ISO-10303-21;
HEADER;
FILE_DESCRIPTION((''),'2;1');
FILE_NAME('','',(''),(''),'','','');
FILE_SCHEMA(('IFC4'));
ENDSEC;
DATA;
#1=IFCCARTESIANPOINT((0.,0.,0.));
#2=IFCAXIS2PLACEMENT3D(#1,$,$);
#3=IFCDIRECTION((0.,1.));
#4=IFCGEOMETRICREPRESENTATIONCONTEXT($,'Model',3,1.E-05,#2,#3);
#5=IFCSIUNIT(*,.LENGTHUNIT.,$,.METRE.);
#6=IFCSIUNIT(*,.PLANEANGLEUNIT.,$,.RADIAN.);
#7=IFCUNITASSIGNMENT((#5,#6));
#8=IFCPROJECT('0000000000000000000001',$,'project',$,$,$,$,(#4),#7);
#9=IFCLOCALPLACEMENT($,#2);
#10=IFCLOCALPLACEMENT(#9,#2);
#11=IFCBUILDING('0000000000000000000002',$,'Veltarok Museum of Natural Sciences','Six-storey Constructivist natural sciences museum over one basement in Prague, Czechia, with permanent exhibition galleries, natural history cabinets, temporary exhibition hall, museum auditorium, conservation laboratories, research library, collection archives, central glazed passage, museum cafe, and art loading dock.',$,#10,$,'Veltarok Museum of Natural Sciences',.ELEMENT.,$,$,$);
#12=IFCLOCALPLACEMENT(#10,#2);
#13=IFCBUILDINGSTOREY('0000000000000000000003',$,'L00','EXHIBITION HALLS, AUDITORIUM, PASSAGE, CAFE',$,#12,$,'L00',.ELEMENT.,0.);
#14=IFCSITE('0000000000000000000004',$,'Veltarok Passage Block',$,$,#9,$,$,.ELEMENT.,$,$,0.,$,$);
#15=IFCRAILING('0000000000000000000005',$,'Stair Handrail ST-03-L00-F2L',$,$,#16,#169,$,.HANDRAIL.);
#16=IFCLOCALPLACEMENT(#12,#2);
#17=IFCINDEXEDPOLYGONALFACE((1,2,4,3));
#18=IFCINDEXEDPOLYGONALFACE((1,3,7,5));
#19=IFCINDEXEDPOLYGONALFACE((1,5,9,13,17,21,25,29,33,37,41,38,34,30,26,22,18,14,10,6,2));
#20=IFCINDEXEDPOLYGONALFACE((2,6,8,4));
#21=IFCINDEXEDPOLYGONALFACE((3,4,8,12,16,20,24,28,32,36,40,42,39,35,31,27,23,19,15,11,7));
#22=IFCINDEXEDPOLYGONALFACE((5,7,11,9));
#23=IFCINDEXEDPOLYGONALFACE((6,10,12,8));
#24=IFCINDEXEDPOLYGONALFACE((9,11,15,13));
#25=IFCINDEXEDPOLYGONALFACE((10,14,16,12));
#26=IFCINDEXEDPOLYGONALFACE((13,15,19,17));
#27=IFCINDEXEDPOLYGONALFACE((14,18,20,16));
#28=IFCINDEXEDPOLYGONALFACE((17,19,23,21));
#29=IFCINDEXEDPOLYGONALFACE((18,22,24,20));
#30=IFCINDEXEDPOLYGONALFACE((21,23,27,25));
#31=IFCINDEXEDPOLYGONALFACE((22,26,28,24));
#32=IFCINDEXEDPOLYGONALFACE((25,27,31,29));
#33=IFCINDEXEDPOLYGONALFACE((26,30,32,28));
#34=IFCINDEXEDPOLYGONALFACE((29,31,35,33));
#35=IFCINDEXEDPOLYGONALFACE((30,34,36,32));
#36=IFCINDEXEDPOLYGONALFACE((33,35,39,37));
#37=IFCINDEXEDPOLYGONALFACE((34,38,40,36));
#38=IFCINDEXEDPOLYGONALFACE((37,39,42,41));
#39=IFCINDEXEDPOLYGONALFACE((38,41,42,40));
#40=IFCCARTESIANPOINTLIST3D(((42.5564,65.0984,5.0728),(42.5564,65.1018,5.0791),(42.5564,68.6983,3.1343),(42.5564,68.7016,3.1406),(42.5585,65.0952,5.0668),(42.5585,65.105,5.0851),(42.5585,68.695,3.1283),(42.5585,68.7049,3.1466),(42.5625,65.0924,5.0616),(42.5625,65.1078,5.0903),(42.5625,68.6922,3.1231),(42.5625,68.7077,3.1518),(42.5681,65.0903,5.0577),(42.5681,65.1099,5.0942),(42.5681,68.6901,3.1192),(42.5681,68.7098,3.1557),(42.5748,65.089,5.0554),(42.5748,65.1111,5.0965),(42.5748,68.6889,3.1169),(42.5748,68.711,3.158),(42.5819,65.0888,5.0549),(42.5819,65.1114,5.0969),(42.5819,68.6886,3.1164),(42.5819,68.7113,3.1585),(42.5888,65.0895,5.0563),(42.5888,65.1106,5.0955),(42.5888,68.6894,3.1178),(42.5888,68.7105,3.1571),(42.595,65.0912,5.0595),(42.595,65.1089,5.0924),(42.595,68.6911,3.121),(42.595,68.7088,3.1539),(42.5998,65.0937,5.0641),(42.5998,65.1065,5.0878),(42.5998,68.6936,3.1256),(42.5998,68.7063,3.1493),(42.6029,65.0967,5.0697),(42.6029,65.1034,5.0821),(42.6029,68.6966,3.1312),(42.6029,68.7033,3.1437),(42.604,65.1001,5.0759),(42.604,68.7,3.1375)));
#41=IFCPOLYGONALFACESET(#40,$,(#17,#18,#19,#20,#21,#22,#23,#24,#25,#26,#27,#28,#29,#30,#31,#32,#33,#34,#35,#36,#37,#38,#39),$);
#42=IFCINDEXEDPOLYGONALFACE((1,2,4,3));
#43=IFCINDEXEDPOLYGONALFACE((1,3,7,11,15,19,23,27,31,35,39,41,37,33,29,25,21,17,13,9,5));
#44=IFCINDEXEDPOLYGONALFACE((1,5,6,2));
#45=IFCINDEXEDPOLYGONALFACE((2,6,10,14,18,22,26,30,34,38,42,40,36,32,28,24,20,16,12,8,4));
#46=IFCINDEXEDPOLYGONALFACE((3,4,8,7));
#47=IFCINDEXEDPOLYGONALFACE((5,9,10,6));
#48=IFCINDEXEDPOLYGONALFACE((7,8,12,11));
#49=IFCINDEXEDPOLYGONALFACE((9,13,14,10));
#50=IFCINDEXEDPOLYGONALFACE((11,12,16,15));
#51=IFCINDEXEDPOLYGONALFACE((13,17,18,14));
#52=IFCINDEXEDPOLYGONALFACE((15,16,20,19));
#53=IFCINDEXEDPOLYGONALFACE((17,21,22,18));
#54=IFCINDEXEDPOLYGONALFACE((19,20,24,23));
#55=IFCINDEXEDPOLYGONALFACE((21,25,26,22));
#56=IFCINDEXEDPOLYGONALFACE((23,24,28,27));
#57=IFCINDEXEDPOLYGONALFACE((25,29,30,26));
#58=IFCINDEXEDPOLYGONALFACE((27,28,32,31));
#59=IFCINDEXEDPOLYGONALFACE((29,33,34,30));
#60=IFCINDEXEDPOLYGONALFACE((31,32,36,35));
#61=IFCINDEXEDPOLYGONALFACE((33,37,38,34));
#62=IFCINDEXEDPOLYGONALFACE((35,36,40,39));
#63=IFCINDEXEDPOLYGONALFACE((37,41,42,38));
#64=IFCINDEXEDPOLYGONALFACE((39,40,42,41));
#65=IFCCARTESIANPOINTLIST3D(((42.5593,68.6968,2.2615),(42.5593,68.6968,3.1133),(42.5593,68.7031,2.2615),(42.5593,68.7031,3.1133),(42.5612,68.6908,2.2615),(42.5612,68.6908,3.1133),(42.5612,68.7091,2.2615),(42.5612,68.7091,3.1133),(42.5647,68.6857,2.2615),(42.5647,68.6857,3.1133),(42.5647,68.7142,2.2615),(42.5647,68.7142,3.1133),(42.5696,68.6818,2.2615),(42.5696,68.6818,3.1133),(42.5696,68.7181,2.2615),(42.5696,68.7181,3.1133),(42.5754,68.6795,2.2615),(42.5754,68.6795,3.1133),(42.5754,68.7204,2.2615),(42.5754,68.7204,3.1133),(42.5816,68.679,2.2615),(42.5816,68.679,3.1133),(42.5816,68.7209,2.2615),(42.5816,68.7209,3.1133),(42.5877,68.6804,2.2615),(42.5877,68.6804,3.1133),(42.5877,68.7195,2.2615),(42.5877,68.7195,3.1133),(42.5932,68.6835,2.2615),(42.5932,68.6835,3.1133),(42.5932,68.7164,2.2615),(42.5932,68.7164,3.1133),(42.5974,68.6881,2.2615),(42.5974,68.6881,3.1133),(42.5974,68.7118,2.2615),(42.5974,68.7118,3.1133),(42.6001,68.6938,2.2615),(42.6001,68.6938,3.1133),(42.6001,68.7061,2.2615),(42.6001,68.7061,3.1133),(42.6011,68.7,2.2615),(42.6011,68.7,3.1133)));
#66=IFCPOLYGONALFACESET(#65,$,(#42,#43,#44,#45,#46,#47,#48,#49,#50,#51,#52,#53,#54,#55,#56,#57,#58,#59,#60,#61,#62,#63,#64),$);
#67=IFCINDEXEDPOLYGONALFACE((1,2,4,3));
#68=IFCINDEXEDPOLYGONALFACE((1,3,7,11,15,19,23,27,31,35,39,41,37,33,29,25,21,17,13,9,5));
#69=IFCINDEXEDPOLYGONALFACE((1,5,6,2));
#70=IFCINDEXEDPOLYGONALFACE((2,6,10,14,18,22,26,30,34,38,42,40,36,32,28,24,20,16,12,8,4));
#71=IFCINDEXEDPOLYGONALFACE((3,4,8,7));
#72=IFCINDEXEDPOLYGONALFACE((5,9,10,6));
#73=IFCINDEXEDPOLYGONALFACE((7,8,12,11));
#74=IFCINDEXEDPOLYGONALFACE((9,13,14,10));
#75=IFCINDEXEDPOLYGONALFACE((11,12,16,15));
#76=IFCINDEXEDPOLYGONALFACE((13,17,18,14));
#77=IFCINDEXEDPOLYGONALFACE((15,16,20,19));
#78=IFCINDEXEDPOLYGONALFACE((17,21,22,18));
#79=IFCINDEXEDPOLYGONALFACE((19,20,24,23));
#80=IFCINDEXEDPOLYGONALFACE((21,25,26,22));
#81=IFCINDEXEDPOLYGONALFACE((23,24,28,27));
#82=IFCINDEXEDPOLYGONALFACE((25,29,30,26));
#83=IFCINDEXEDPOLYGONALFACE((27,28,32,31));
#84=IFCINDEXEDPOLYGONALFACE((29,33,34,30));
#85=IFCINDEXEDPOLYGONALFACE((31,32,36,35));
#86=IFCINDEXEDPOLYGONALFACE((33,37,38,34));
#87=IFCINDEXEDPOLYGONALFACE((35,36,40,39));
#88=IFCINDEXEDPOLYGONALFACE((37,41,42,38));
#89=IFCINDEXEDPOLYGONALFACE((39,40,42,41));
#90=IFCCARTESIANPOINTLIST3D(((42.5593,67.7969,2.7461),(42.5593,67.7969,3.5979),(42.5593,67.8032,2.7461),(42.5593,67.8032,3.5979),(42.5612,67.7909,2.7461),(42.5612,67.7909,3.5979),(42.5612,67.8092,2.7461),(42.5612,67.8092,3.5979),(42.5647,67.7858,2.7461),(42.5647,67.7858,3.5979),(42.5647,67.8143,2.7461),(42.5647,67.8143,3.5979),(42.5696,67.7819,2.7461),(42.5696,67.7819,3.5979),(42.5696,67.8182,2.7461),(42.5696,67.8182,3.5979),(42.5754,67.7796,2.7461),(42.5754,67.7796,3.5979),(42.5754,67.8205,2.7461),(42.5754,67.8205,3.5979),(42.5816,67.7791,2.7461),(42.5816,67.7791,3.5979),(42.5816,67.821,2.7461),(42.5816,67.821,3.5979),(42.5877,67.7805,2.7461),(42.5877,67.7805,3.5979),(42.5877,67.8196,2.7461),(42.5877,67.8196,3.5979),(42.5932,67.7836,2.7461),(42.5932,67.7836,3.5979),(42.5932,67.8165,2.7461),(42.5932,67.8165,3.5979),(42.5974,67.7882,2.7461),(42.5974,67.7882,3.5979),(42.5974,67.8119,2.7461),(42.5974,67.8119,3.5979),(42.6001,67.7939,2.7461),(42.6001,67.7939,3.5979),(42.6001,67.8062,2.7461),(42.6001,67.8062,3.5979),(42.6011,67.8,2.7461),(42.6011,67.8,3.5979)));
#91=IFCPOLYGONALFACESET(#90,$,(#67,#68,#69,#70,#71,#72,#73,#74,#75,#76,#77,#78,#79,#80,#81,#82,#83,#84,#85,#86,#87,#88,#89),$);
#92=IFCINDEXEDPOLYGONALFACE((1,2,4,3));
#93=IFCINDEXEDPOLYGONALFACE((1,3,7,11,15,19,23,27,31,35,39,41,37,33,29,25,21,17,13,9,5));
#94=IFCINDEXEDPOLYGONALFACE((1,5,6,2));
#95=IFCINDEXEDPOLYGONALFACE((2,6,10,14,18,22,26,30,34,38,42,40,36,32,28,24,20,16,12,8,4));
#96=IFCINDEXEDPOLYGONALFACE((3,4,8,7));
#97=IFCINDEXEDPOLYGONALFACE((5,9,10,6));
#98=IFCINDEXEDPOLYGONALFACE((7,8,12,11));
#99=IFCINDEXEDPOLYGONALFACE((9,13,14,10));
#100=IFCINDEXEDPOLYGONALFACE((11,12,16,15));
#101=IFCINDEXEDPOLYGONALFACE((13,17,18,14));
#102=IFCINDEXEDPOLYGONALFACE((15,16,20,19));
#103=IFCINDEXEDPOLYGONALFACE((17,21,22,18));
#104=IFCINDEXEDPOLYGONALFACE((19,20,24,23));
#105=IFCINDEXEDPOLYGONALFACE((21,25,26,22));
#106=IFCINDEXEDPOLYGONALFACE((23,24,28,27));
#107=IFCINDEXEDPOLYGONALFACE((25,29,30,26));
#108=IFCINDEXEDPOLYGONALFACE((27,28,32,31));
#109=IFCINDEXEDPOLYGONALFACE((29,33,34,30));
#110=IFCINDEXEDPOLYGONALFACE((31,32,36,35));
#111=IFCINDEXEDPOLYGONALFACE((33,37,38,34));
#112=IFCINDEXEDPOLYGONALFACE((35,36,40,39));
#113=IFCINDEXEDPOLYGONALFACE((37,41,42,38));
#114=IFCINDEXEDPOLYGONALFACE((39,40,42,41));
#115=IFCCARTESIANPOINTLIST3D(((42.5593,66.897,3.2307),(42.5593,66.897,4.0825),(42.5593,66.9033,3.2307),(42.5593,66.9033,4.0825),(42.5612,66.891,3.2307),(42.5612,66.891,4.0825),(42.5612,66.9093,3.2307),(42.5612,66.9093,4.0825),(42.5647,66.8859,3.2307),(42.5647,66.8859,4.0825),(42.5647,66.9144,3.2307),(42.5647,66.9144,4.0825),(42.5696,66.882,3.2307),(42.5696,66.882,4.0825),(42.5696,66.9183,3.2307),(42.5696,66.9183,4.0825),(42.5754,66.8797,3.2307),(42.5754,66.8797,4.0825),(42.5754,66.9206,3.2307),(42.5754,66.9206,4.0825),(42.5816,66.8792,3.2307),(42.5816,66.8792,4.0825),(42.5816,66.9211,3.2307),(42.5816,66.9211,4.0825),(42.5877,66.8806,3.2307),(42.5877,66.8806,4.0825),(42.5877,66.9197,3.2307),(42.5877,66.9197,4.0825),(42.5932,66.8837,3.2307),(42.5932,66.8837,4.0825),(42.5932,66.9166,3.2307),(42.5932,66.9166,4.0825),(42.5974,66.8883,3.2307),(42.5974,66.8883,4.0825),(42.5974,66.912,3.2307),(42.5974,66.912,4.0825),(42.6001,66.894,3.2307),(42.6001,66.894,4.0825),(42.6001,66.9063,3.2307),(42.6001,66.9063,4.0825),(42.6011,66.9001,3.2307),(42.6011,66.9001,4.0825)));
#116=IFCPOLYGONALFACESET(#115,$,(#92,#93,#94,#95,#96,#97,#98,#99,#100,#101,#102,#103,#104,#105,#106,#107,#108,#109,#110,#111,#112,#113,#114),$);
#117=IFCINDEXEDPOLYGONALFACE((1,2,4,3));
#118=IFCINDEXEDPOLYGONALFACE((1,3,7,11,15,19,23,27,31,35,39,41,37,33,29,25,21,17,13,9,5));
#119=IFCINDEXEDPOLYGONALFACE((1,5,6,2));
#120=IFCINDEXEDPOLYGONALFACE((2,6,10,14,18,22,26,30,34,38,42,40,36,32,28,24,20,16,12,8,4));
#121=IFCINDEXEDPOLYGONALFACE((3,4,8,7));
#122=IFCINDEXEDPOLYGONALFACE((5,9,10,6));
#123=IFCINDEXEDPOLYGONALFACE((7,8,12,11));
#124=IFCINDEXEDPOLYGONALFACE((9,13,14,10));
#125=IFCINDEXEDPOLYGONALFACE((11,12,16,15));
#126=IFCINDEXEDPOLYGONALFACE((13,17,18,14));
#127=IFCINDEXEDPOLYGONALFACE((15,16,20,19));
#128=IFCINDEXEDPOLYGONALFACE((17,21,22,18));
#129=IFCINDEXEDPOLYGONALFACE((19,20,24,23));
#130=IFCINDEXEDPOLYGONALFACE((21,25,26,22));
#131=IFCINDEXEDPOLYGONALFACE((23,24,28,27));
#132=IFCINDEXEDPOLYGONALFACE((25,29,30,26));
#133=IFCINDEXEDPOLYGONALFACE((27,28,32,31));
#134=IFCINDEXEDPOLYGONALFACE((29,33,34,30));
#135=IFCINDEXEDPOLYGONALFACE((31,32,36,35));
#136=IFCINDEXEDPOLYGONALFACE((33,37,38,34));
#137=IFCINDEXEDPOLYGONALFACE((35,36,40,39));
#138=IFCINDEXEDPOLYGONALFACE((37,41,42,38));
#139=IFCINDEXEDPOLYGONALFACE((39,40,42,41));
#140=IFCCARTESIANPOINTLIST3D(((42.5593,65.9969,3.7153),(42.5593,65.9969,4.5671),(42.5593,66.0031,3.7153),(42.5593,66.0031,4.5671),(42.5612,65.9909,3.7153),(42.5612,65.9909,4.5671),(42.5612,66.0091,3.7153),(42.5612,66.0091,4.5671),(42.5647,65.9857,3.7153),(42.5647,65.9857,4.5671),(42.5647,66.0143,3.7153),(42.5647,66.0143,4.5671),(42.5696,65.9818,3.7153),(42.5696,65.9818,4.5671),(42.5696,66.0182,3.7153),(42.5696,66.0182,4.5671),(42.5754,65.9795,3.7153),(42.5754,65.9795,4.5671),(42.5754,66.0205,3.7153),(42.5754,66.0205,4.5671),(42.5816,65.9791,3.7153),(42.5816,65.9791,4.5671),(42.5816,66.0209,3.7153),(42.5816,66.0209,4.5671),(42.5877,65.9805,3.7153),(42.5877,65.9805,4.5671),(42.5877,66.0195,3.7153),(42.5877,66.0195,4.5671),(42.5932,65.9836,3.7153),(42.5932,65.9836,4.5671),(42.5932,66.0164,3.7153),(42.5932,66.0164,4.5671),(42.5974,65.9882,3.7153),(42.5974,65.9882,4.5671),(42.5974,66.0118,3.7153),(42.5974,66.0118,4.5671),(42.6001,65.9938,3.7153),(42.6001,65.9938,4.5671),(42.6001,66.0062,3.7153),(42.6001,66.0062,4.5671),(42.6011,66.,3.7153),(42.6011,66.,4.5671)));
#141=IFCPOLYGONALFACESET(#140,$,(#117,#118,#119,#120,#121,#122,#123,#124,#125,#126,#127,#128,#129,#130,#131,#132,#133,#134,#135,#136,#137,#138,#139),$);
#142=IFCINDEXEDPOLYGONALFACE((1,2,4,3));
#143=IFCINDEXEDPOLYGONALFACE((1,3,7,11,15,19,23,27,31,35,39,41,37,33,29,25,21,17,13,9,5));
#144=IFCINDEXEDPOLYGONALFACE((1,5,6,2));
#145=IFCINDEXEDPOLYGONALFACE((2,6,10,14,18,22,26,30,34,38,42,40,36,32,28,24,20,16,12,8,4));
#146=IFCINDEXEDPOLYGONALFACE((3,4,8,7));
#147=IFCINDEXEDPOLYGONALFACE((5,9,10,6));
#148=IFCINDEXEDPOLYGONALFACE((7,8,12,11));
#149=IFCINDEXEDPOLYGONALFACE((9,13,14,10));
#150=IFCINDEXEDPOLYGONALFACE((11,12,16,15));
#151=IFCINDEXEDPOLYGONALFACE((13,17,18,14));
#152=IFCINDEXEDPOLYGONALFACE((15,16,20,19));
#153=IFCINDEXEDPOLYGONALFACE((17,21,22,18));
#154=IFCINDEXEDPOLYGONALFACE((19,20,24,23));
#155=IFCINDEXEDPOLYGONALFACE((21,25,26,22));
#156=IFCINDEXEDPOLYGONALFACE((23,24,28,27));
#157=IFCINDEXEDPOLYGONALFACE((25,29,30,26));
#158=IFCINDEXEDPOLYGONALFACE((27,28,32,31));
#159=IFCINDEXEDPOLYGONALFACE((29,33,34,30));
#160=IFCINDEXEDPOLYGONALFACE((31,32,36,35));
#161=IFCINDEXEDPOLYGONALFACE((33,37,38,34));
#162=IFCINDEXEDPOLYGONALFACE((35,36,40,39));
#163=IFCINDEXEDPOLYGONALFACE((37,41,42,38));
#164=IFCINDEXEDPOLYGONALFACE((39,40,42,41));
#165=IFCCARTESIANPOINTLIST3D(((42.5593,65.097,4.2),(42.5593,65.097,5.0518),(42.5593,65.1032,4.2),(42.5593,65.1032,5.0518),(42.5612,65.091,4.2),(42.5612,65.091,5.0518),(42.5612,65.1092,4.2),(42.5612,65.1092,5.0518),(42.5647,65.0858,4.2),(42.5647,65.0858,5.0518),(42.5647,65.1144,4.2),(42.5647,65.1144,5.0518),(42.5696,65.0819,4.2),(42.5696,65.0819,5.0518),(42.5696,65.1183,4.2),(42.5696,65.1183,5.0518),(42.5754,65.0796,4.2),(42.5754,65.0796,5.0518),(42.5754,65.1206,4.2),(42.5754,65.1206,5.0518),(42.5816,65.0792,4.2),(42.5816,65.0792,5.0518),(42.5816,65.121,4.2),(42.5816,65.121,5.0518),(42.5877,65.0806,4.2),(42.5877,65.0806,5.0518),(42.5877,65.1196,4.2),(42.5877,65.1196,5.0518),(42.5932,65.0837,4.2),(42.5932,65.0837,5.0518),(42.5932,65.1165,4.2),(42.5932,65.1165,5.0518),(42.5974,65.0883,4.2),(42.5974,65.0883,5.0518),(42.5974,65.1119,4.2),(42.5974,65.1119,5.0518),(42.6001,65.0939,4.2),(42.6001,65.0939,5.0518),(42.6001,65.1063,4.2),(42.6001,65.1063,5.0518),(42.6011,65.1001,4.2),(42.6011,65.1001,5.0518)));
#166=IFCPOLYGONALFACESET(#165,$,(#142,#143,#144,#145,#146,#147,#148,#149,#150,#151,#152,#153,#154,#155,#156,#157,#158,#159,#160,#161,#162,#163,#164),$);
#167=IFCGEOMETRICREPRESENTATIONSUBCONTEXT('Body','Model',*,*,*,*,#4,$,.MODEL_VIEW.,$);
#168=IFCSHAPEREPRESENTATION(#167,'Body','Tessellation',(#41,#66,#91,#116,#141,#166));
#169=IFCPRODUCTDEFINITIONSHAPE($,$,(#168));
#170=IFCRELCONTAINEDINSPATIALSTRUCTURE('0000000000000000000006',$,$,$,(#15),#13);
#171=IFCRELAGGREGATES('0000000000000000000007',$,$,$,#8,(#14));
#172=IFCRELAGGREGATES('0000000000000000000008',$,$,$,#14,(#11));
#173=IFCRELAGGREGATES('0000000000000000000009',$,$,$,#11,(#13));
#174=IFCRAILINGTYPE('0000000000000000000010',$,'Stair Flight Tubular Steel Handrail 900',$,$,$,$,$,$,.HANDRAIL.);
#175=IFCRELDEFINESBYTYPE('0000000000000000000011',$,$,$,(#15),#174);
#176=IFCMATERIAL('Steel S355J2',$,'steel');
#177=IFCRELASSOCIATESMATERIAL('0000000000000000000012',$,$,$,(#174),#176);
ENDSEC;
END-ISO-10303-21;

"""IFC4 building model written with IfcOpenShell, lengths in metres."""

from ifc_helpers import new_model, si_unit, direction, frame, origin, origin_2d, place, context, subcontext, project, spatial, circle, extrude, material, type_object, element, save


model = new_model("IFC4")

# Units and contexts
model_context = context("Model", 3, precision=1e-05, world=origin(), true_north=direction((0.0, 1.0)))
body_context = subcontext(model_context, "Body", "Model", "MODEL_VIEW")
ifc_project = project(units=[si_unit("LENGTHUNIT", "METRE"), si_unit("PLANEANGLEUNIT", "RADIAN")], contexts=[model_context])

# Site, building, storey
site_placement = place(None, origin())
site = spatial("IfcSite", under=ifc_project, at=site_placement, Name="Veltarok Passage Block", CompositionType="ELEMENT", RefElevation=0.0)
building_placement = place(site_placement, origin())
building = spatial("IfcBuilding", under=site, at=building_placement, Name="Veltarok Museum of Natural Sciences", Description="Six-storey Constructivist natural sciences museum over one basement in Prague, Czechia, with permanent exhibition galleries, natural history cabinets, temporary exhibition hall, museum auditorium, conservation laboratories, research library, collection archives, central glazed passage, museum cafe, and art loading dock.", LongName="Veltarok Museum of Natural Sciences", CompositionType="ELEMENT")
storey_placement = place(building_placement, origin())
storey = spatial("IfcBuildingStorey", under=building, at=storey_placement, Name="L00", Description="EXHIBITION HALLS, AUDITORIUM, PASSAGE, CAFE", LongName="L00", CompositionType="ELEMENT", Elevation=0.0)

# Railing
ifc_material_1 = material(Name="Steel S355J2", Category="steel")
railing_type_1 = type_object("IfcRailingType", Name="Stair Flight Tubular Steel Handrail 900", PredefinedType="HANDRAIL", material=ifc_material_1)
for number, where, name in (
    (1, (42.5801, 68.7, 2.2615), "Stair Handrail ST-03-L00-F2L"),
):
    element("IfcRailing", number, at=place(storey_placement, frame(where)), inside=storey, type_object=railing_type_1, Name=name, PredefinedType="HANDRAIL", context=body_context, shape_type="SweptSolid", body=[
        extrude(circle(Radius=0.0239, at=origin_2d()), frame((0.0, 0.0, 0.876), z_axis=(0.0, -0.880462, 0.474118), x_axis=(1.0, 0.0, 0.0)), (0.0, 0.0, 1.0), 4.0886),
        extrude(circle(Radius=0.021, at=origin_2d()), origin(), (0.0, 0.0, 1.0), 0.8518),
        extrude(circle(Radius=0.021, at=origin_2d()), frame((0.0, -0.8999, 0.4846)), (0.0, 0.0, 1.0), 0.8518),
        extrude(circle(Radius=0.021, at=origin_2d()), frame((0.0, -1.7998, 0.9692)), (0.0, 0.0, 1.0), 0.8518),
        extrude(circle(Radius=0.021, at=origin_2d()), frame((0.0, -2.7, 1.4539)), (0.0, 0.0, 1.0), 0.8518),
        extrude(circle(Radius=0.021, at=origin_2d()), frame((0.0, -3.5999, 1.9385)), (0.0, 0.0, 1.0), 0.8518),
    ])

save(model, "model.ifc")
